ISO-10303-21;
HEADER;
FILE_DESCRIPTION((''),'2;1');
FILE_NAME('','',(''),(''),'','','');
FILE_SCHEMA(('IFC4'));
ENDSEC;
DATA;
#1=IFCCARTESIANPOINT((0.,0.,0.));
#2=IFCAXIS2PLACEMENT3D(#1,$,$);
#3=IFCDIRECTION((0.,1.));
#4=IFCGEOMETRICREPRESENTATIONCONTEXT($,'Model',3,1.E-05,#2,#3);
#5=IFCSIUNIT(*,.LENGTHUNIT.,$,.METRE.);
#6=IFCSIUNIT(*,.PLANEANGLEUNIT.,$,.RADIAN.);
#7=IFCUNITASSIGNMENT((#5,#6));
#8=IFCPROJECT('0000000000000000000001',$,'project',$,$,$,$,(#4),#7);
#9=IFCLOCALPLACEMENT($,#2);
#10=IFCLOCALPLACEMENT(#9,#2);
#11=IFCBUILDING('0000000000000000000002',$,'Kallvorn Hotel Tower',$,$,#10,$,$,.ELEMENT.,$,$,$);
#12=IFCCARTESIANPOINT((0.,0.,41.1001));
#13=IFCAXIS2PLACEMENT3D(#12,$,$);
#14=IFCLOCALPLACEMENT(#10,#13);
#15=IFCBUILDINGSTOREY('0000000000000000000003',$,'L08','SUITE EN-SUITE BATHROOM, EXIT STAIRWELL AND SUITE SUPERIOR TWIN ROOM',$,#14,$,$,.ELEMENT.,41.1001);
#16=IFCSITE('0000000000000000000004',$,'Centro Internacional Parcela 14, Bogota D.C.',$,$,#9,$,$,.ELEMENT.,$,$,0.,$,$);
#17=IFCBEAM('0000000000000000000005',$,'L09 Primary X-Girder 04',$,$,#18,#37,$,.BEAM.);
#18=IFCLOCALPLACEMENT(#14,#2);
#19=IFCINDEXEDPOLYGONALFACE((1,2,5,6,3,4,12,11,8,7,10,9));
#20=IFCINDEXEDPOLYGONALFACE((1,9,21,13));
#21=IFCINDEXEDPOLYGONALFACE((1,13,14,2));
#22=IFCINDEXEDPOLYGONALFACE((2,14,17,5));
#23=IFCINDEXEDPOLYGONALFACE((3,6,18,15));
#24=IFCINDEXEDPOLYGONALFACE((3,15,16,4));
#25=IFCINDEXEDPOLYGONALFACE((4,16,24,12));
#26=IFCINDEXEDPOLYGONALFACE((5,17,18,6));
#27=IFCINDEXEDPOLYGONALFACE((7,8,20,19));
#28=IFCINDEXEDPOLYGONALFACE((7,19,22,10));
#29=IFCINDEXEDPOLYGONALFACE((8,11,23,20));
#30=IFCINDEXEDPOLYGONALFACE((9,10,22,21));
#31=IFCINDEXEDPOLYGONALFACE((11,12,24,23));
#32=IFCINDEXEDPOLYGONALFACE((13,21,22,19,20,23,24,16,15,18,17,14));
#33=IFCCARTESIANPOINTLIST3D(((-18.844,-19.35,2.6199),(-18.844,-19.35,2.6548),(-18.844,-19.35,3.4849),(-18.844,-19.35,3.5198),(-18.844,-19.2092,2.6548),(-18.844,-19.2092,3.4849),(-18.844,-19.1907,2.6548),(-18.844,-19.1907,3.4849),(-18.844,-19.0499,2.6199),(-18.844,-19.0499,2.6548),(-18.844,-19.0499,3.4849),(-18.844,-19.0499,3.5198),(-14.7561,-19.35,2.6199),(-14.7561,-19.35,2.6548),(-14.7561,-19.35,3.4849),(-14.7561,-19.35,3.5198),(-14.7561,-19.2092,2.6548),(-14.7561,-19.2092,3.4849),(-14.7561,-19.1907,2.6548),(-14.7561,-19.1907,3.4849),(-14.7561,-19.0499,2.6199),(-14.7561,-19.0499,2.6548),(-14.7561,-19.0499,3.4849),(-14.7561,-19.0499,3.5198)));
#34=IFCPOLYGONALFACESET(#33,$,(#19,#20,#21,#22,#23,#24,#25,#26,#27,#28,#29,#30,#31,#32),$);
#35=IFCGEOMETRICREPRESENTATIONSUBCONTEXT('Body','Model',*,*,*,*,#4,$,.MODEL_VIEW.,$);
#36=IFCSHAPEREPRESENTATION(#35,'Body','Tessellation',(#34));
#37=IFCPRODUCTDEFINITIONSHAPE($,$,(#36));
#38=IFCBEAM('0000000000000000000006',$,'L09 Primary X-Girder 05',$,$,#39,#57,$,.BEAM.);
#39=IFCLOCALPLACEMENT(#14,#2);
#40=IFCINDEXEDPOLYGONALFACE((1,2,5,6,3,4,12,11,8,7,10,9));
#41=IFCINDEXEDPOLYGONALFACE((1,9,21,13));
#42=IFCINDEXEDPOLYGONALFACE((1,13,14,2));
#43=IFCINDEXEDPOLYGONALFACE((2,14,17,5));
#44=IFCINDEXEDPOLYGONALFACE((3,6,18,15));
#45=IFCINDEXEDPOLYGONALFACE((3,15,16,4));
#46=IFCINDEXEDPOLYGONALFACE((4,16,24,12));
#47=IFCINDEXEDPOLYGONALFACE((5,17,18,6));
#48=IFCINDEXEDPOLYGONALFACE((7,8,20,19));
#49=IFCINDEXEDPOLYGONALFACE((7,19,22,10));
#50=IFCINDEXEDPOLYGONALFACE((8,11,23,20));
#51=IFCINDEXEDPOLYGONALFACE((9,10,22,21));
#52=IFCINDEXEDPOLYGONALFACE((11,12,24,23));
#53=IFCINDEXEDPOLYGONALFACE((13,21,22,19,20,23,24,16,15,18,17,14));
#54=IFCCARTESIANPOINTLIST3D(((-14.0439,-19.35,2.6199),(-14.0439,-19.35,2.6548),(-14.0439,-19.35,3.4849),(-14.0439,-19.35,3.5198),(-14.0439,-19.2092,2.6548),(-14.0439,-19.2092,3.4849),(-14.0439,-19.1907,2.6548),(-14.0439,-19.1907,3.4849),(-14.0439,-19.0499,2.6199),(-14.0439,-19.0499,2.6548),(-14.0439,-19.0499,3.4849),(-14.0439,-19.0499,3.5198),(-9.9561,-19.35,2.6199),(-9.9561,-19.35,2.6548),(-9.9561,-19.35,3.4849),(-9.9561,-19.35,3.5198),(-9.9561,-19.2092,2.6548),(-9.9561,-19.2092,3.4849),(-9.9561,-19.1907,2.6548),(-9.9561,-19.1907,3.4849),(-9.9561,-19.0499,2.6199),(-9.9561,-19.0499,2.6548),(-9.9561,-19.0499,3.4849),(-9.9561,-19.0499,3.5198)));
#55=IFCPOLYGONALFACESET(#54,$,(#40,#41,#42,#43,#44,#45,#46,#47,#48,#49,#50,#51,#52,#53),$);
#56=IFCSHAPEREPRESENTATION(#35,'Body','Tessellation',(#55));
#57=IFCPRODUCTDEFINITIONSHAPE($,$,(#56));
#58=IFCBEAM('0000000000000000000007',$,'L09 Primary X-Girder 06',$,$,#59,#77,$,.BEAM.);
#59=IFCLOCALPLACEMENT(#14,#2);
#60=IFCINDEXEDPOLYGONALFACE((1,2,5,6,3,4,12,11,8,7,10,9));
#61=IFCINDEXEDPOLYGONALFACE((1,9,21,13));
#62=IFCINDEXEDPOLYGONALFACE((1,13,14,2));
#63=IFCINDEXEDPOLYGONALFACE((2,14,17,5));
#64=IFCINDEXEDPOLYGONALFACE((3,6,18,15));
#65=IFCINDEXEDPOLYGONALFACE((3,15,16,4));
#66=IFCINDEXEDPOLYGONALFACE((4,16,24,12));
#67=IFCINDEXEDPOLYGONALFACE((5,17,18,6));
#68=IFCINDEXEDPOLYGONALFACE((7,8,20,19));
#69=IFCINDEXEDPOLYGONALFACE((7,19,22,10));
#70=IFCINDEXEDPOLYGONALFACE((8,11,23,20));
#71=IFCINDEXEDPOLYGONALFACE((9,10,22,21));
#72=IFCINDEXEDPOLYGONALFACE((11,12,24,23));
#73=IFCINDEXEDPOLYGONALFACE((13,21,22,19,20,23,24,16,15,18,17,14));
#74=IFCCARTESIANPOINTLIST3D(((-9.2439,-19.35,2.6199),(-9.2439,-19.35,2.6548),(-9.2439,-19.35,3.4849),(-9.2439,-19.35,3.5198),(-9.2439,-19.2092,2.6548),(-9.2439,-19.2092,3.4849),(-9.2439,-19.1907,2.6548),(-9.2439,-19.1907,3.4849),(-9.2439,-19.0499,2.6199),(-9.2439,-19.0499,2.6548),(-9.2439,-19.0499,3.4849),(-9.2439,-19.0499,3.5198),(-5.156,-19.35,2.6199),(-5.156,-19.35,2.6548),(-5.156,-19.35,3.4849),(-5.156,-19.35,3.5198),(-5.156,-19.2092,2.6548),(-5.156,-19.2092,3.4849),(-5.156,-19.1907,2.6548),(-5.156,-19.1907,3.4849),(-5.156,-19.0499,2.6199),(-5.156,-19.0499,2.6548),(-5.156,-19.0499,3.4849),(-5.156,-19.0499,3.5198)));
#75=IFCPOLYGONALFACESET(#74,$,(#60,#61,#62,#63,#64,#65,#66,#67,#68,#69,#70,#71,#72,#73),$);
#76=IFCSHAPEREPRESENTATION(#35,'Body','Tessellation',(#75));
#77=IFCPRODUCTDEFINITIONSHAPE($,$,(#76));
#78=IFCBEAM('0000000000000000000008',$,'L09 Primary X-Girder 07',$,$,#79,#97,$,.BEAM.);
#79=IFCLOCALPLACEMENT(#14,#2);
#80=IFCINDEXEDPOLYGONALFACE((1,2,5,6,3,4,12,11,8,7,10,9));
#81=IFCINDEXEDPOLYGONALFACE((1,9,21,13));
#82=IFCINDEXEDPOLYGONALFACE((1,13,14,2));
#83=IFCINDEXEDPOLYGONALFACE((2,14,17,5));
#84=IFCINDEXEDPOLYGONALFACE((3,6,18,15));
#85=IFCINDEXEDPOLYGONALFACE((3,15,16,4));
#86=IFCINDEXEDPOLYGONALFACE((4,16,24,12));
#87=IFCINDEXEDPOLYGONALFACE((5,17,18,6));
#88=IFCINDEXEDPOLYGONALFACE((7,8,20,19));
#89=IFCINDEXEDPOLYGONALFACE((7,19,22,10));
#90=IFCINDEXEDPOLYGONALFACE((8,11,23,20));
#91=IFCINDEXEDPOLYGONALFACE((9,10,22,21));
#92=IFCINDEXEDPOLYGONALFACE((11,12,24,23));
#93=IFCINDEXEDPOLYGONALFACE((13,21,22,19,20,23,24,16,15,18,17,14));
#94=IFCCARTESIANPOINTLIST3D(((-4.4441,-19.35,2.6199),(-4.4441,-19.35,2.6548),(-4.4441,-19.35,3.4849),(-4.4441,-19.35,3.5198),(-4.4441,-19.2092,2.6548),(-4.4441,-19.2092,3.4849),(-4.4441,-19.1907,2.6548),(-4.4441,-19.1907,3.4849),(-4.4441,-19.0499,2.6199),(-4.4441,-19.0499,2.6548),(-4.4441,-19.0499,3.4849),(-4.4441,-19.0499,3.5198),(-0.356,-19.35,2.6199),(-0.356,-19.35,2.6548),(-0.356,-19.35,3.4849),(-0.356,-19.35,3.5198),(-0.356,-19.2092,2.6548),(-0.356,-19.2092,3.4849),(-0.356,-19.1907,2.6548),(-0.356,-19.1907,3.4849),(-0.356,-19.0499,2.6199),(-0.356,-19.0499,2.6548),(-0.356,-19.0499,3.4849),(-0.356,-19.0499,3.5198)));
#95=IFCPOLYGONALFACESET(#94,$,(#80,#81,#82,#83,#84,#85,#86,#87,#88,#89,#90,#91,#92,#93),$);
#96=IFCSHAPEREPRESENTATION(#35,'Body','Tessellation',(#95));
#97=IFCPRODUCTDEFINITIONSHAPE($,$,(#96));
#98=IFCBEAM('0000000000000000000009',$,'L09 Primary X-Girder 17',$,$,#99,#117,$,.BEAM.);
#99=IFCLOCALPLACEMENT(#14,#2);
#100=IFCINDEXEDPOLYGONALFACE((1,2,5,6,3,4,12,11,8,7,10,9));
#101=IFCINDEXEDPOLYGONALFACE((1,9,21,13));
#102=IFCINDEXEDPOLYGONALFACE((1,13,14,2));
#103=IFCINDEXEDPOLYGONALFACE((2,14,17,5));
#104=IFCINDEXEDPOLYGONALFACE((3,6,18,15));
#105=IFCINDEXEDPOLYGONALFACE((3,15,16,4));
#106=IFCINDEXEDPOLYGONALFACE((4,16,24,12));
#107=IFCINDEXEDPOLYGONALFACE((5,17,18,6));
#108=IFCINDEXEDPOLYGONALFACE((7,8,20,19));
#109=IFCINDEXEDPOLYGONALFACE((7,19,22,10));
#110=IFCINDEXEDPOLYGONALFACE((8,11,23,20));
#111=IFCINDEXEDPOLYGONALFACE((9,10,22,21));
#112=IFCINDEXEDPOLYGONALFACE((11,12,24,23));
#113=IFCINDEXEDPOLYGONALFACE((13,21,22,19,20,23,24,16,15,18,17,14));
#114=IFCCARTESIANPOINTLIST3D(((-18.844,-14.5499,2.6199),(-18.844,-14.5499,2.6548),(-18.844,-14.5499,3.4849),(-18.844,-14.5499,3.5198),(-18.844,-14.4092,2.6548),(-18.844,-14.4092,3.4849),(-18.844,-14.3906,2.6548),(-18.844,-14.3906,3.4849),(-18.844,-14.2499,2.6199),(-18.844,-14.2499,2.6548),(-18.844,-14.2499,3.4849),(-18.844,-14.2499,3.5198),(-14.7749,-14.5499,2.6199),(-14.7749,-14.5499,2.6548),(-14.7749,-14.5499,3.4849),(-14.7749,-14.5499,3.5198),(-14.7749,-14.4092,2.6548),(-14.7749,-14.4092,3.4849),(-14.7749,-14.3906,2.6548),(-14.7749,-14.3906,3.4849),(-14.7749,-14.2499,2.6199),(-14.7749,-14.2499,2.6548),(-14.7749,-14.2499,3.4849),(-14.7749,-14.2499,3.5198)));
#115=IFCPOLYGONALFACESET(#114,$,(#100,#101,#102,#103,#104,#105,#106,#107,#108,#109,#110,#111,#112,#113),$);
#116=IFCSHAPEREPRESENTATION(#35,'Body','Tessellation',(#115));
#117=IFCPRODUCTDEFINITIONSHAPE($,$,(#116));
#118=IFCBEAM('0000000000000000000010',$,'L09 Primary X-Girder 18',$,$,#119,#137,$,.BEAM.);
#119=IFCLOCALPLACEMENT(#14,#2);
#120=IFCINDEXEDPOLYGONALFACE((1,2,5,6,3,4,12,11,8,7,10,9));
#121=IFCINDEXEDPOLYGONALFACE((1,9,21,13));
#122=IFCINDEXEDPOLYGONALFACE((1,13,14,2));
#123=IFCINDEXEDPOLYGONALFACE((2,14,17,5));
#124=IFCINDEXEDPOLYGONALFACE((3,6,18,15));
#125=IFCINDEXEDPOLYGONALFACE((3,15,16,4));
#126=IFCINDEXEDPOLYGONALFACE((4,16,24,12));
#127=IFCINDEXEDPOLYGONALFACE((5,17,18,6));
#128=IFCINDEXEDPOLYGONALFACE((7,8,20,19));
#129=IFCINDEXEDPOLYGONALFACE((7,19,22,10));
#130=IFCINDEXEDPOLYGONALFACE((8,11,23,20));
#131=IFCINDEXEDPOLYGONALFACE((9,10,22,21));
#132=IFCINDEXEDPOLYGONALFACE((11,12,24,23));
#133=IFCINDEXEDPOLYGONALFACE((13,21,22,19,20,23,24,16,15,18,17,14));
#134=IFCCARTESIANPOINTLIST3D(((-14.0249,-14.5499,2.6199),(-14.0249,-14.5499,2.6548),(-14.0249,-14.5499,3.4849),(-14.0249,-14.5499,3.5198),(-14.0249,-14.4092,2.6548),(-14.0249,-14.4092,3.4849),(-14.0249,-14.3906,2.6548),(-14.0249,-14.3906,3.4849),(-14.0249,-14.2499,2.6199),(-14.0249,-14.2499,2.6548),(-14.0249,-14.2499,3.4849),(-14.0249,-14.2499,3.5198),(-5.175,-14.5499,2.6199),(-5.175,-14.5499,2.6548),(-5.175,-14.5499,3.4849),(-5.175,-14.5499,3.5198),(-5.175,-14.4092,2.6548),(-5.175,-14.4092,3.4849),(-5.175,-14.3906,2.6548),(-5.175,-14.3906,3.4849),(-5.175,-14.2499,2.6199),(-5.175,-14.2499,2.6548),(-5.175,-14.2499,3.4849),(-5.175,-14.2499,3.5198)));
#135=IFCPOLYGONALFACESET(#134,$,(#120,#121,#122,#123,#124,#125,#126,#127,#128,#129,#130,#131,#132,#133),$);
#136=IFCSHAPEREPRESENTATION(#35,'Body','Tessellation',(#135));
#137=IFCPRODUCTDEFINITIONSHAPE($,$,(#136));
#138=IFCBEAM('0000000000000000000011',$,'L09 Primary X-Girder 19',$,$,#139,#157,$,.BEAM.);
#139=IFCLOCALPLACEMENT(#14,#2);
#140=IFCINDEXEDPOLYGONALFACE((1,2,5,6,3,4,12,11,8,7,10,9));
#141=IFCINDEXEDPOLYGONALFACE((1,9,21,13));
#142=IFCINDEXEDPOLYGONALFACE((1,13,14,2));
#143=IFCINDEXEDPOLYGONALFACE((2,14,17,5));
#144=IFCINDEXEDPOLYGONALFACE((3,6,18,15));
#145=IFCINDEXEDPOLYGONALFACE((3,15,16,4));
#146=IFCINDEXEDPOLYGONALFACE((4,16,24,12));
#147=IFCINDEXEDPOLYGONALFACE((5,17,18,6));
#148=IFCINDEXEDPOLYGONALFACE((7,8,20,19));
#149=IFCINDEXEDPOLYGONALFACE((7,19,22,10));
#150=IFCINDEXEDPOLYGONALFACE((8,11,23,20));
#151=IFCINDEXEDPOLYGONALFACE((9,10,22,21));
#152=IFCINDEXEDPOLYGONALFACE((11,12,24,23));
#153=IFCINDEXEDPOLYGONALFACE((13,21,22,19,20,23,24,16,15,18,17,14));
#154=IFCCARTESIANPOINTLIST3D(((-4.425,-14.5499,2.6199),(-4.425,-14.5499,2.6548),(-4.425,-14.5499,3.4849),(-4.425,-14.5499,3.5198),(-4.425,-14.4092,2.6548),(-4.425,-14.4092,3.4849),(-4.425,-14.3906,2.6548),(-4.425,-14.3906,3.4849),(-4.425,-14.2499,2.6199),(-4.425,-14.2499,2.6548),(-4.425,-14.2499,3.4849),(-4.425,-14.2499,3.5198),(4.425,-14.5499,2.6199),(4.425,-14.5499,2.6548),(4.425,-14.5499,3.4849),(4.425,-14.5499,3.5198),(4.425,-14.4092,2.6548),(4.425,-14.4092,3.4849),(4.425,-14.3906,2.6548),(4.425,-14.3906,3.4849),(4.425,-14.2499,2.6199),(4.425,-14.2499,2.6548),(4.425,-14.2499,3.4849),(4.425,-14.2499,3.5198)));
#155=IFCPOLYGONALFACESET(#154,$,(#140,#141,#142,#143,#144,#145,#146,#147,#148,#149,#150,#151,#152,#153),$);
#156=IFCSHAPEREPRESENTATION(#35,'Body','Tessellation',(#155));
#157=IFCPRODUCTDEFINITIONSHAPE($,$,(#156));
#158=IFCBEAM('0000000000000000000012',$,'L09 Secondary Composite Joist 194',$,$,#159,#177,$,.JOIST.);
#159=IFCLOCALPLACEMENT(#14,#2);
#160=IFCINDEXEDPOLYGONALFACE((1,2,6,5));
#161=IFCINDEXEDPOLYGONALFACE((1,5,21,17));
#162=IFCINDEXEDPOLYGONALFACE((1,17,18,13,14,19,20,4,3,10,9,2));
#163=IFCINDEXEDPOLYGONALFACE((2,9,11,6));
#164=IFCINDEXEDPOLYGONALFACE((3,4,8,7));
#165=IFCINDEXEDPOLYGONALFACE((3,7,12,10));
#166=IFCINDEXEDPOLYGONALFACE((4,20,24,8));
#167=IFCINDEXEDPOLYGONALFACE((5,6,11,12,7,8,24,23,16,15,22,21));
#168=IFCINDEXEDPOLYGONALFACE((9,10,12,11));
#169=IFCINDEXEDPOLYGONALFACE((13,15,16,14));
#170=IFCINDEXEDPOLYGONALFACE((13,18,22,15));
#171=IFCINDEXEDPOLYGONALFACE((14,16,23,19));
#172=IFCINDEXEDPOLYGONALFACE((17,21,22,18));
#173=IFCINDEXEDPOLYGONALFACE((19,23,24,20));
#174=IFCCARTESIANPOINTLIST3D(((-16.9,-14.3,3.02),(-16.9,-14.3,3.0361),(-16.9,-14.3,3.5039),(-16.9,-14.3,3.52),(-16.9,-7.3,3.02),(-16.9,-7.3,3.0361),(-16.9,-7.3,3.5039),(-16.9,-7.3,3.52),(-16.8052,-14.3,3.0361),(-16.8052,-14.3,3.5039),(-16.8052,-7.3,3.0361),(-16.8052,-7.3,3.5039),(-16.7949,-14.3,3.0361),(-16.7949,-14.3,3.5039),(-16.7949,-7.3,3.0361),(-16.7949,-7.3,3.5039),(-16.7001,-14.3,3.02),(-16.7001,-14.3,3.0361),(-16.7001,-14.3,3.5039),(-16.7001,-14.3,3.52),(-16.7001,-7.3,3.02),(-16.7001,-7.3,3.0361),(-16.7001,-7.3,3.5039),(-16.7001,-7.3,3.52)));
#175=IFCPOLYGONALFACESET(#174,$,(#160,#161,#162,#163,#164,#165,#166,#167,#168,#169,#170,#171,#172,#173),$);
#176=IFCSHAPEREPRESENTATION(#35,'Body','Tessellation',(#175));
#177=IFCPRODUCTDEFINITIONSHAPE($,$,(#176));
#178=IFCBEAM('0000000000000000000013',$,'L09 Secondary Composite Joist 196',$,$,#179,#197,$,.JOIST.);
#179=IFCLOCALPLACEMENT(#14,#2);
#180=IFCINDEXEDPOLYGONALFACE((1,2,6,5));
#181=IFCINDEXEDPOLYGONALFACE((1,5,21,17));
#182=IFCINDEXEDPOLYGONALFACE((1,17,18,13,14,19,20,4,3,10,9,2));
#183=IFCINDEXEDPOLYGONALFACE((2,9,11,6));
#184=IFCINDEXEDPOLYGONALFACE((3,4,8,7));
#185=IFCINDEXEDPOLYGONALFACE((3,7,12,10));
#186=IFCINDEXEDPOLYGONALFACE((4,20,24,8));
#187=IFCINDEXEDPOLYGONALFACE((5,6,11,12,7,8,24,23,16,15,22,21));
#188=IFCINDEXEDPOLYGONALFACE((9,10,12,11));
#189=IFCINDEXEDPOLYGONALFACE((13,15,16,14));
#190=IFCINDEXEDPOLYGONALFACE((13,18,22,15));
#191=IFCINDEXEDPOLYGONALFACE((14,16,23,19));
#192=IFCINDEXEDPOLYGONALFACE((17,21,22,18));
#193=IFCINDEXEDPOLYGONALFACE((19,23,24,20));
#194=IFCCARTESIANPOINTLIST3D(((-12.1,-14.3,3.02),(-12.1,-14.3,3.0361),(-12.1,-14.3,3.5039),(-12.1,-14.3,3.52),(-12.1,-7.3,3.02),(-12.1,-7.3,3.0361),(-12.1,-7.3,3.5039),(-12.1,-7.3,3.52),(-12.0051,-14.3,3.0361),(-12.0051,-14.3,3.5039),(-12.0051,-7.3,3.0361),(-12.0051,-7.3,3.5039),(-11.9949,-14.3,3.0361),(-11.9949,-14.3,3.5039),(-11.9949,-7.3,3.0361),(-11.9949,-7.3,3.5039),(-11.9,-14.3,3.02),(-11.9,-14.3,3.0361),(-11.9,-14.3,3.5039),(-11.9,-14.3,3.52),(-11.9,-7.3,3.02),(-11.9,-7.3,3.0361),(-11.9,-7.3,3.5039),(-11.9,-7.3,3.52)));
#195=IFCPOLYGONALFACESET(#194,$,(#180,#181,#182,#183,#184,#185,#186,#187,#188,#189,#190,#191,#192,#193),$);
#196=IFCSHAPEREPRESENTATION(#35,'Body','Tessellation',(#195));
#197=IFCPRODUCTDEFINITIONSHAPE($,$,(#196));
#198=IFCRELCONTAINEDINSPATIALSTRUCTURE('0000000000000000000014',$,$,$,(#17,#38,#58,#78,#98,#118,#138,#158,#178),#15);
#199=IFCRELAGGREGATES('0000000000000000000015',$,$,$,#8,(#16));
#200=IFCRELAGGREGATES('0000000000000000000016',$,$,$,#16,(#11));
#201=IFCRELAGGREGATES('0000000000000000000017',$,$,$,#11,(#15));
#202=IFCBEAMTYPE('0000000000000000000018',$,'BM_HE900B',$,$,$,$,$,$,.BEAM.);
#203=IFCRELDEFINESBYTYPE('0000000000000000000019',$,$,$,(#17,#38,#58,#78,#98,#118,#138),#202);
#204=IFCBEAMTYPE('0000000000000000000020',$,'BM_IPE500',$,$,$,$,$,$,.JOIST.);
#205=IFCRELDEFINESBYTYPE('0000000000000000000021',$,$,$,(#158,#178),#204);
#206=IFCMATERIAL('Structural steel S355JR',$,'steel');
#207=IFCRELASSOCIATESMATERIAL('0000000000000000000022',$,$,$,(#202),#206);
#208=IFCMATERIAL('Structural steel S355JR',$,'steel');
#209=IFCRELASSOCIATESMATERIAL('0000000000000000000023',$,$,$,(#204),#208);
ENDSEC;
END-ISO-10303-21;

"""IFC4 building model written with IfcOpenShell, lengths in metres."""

from ifc_helpers import new_model, si_unit, direction, frame, origin, origin_2d, place, context, subcontext, project, spatial, i_section, extrude, material, material_profile, profile_set, type_object, element, save


model = new_model("IFC4")

# Units and contexts
model_context = context("Model", 3, precision=1e-05, world=origin(), true_north=direction((0.0, 1.0)))
body_context = subcontext(model_context, "Body", "Model", "MODEL_VIEW")
ifc_project = project(units=[si_unit("LENGTHUNIT", "METRE"), si_unit("PLANEANGLEUNIT", "RADIAN")], contexts=[model_context])

# Site, building, storey
site_placement = place(None, origin())
site = spatial("IfcSite", under=ifc_project, at=site_placement, Name="Centro Internacional Parcela 14, Bogota D.C.", CompositionType="ELEMENT", RefElevation=0.0)
building_placement = place(site_placement, origin())
building = spatial("IfcBuilding", under=site, at=building_placement, Name="Kallvorn Hotel Tower", CompositionType="ELEMENT")
storey_placement = place(building_placement, frame((0.0, 0.0, 41.1001)))
storey = spatial("IfcBuildingStorey", under=building, at=storey_placement, Name="L08", Description="SUITE EN-SUITE BATHROOM, EXIT STAIRWELL AND SUITE SUPERIOR TWIN ROOM", CompositionType="ELEMENT", Elevation=41.1001)

# Beams
ifc_material_1 = material(Name="Structural steel S355JR", Category="steel")
ifc_material_profile_1 = material_profile(ifc_material_1, i_section(OverallWidth=0.3, OverallDepth=0.8999, WebThickness=0.0186, FlangeThickness=0.0349, at=origin_2d()), Name="HE 900 B")
ifc_profile_set_1 = profile_set([ifc_material_profile_1], Name="Structural steel S355JR")
beam_type_1 = type_object("IfcBeamType", Name="BM_HE900B", PredefinedType="BEAM", material=ifc_profile_set_1)
for number, where, z_axis, x_axis, name in (
    (1, (-18.844, -19.2, 3.0698), (1.0, 0.0, 0.0), (0.0, 1.0, 0.0), "L09 Primary X-Girder 04"),
    (2, (-14.0439, -19.2, 3.0698), (1.0, 0.0, 0.0), (0.0, 1.0, 0.0), "L09 Primary X-Girder 05"),
    (3, (-9.2439, -19.2, 3.0698), (1.0, 0.0, 0.0), (0.0, 1.0, 0.0), "L09 Primary X-Girder 06"),
):
    element("IfcBeam", number, at=place(storey_placement, frame(where, z_axis=z_axis, x_axis=x_axis)), inside=storey, type_object=beam_type_1, Name=name, PredefinedType="BEAM", context=body_context, shape_type="SweptSolid", body=[
        extrude(i_section(OverallWidth=0.3, OverallDepth=0.8999, WebThickness=0.0186, FlangeThickness=0.0349, at=origin_2d()), origin(), (0.0, 0.0, 1.0), 4.0879),
    ])
beam_1_placement = place(storey_placement, frame((-4.4441, -19.2, 3.0698), z_axis=(1.0, 0.0, 0.0), x_axis=(0.0, 1.0, 0.0)))
element("IfcBeam", 4, at=beam_1_placement, inside=storey, type_object=beam_type_1, Name="L09 Primary X-Girder 07", PredefinedType="BEAM", context=body_context, shape_type="SweptSolid", body=[
    extrude(i_section(OverallWidth=0.3, OverallDepth=0.8999, WebThickness=0.0186, FlangeThickness=0.0349, at=origin_2d()), origin(), (0.0, 0.0, 1.0), 4.0881),
])
beam_2_placement = place(storey_placement, frame((-18.844, -14.3999, 3.0698), z_axis=(1.0, 0.0, 0.0), x_axis=(0.0, 1.0, 0.0)))
element("IfcBeam", 5, at=beam_2_placement, inside=storey, type_object=beam_type_1, Name="L09 Primary X-Girder 17", PredefinedType="BEAM", context=body_context, shape_type="SweptSolid", body=[
    extrude(i_section(OverallWidth=0.3, OverallDepth=0.8999, WebThickness=0.0186, FlangeThickness=0.0349, at=origin_2d()), origin(), (0.0, 0.0, 1.0), 4.0691),
])
beam_3_placement = place(storey_placement, frame((-14.0249, -14.3999, 3.0698), z_axis=(1.0, 0.0, 0.0), x_axis=(0.0, 1.0, 0.0)))
element("IfcBeam", 6, at=beam_3_placement, inside=storey, type_object=beam_type_1, Name="L09 Primary X-Girder 18", PredefinedType="BEAM", context=body_context, shape_type="SweptSolid", body=[
    extrude(i_section(OverallWidth=0.3, OverallDepth=0.8999, WebThickness=0.0186, FlangeThickness=0.0349, at=origin_2d()), origin(), (0.0, 0.0, 1.0), 8.8499),
])
beam_4_placement = place(storey_placement, frame((-4.425, -14.3999, 3.0698), z_axis=(1.0, 0.0, 0.0), x_axis=(0.0, 1.0, 0.0)))
element("IfcBeam", 7, at=beam_4_placement, inside=storey, type_object=beam_type_1, Name="L09 Primary X-Girder 19", PredefinedType="BEAM", context=body_context, shape_type="SweptSolid", body=[
    extrude(i_section(OverallWidth=0.3, OverallDepth=0.8999, WebThickness=0.0186, FlangeThickness=0.0349, at=origin_2d()), origin(), (0.0, 0.0, 1.0), 8.8501),
])
ifc_material_2 = material(Name="Structural steel S355JR", Category="steel")
ifc_material_profile_2 = material_profile(ifc_material_2, i_section(OverallWidth=0.2, OverallDepth=0.5, WebThickness=0.0103, FlangeThickness=0.0161, at=origin_2d()), Name="IPE 500")
ifc_profile_set_2 = profile_set([ifc_material_profile_2], Name="Structural steel S355JR")
beam_type_2 = type_object("IfcBeamType", Name="BM_IPE500", PredefinedType="JOIST", material=ifc_profile_set_2)
for number, where, z_axis, x_axis, name in (
    (8, (-16.8, -14.3, 3.27), (0.0, 1.0, 0.0), (-1.0, 0.0, 0.0), "L09 Secondary Composite Joist 194"),
    (9, (-12.0, -14.3, 3.27), (0.0, 1.0, 0.0), (-1.0, 0.0, 0.0), "L09 Secondary Composite Joist 196"),
):
    element("IfcBeam", number, at=place(storey_placement, frame(where, z_axis=z_axis, x_axis=x_axis)), inside=storey, type_object=beam_type_2, Name=name, PredefinedType="JOIST", context=body_context, shape_type="SweptSolid", body=[
        extrude(i_section(OverallWidth=0.2, OverallDepth=0.5, WebThickness=0.0103, FlangeThickness=0.0161, at=origin_2d()), origin(), (0.0, 0.0, 1.0), 7.0),
    ])

save(model, "model.ifc")
